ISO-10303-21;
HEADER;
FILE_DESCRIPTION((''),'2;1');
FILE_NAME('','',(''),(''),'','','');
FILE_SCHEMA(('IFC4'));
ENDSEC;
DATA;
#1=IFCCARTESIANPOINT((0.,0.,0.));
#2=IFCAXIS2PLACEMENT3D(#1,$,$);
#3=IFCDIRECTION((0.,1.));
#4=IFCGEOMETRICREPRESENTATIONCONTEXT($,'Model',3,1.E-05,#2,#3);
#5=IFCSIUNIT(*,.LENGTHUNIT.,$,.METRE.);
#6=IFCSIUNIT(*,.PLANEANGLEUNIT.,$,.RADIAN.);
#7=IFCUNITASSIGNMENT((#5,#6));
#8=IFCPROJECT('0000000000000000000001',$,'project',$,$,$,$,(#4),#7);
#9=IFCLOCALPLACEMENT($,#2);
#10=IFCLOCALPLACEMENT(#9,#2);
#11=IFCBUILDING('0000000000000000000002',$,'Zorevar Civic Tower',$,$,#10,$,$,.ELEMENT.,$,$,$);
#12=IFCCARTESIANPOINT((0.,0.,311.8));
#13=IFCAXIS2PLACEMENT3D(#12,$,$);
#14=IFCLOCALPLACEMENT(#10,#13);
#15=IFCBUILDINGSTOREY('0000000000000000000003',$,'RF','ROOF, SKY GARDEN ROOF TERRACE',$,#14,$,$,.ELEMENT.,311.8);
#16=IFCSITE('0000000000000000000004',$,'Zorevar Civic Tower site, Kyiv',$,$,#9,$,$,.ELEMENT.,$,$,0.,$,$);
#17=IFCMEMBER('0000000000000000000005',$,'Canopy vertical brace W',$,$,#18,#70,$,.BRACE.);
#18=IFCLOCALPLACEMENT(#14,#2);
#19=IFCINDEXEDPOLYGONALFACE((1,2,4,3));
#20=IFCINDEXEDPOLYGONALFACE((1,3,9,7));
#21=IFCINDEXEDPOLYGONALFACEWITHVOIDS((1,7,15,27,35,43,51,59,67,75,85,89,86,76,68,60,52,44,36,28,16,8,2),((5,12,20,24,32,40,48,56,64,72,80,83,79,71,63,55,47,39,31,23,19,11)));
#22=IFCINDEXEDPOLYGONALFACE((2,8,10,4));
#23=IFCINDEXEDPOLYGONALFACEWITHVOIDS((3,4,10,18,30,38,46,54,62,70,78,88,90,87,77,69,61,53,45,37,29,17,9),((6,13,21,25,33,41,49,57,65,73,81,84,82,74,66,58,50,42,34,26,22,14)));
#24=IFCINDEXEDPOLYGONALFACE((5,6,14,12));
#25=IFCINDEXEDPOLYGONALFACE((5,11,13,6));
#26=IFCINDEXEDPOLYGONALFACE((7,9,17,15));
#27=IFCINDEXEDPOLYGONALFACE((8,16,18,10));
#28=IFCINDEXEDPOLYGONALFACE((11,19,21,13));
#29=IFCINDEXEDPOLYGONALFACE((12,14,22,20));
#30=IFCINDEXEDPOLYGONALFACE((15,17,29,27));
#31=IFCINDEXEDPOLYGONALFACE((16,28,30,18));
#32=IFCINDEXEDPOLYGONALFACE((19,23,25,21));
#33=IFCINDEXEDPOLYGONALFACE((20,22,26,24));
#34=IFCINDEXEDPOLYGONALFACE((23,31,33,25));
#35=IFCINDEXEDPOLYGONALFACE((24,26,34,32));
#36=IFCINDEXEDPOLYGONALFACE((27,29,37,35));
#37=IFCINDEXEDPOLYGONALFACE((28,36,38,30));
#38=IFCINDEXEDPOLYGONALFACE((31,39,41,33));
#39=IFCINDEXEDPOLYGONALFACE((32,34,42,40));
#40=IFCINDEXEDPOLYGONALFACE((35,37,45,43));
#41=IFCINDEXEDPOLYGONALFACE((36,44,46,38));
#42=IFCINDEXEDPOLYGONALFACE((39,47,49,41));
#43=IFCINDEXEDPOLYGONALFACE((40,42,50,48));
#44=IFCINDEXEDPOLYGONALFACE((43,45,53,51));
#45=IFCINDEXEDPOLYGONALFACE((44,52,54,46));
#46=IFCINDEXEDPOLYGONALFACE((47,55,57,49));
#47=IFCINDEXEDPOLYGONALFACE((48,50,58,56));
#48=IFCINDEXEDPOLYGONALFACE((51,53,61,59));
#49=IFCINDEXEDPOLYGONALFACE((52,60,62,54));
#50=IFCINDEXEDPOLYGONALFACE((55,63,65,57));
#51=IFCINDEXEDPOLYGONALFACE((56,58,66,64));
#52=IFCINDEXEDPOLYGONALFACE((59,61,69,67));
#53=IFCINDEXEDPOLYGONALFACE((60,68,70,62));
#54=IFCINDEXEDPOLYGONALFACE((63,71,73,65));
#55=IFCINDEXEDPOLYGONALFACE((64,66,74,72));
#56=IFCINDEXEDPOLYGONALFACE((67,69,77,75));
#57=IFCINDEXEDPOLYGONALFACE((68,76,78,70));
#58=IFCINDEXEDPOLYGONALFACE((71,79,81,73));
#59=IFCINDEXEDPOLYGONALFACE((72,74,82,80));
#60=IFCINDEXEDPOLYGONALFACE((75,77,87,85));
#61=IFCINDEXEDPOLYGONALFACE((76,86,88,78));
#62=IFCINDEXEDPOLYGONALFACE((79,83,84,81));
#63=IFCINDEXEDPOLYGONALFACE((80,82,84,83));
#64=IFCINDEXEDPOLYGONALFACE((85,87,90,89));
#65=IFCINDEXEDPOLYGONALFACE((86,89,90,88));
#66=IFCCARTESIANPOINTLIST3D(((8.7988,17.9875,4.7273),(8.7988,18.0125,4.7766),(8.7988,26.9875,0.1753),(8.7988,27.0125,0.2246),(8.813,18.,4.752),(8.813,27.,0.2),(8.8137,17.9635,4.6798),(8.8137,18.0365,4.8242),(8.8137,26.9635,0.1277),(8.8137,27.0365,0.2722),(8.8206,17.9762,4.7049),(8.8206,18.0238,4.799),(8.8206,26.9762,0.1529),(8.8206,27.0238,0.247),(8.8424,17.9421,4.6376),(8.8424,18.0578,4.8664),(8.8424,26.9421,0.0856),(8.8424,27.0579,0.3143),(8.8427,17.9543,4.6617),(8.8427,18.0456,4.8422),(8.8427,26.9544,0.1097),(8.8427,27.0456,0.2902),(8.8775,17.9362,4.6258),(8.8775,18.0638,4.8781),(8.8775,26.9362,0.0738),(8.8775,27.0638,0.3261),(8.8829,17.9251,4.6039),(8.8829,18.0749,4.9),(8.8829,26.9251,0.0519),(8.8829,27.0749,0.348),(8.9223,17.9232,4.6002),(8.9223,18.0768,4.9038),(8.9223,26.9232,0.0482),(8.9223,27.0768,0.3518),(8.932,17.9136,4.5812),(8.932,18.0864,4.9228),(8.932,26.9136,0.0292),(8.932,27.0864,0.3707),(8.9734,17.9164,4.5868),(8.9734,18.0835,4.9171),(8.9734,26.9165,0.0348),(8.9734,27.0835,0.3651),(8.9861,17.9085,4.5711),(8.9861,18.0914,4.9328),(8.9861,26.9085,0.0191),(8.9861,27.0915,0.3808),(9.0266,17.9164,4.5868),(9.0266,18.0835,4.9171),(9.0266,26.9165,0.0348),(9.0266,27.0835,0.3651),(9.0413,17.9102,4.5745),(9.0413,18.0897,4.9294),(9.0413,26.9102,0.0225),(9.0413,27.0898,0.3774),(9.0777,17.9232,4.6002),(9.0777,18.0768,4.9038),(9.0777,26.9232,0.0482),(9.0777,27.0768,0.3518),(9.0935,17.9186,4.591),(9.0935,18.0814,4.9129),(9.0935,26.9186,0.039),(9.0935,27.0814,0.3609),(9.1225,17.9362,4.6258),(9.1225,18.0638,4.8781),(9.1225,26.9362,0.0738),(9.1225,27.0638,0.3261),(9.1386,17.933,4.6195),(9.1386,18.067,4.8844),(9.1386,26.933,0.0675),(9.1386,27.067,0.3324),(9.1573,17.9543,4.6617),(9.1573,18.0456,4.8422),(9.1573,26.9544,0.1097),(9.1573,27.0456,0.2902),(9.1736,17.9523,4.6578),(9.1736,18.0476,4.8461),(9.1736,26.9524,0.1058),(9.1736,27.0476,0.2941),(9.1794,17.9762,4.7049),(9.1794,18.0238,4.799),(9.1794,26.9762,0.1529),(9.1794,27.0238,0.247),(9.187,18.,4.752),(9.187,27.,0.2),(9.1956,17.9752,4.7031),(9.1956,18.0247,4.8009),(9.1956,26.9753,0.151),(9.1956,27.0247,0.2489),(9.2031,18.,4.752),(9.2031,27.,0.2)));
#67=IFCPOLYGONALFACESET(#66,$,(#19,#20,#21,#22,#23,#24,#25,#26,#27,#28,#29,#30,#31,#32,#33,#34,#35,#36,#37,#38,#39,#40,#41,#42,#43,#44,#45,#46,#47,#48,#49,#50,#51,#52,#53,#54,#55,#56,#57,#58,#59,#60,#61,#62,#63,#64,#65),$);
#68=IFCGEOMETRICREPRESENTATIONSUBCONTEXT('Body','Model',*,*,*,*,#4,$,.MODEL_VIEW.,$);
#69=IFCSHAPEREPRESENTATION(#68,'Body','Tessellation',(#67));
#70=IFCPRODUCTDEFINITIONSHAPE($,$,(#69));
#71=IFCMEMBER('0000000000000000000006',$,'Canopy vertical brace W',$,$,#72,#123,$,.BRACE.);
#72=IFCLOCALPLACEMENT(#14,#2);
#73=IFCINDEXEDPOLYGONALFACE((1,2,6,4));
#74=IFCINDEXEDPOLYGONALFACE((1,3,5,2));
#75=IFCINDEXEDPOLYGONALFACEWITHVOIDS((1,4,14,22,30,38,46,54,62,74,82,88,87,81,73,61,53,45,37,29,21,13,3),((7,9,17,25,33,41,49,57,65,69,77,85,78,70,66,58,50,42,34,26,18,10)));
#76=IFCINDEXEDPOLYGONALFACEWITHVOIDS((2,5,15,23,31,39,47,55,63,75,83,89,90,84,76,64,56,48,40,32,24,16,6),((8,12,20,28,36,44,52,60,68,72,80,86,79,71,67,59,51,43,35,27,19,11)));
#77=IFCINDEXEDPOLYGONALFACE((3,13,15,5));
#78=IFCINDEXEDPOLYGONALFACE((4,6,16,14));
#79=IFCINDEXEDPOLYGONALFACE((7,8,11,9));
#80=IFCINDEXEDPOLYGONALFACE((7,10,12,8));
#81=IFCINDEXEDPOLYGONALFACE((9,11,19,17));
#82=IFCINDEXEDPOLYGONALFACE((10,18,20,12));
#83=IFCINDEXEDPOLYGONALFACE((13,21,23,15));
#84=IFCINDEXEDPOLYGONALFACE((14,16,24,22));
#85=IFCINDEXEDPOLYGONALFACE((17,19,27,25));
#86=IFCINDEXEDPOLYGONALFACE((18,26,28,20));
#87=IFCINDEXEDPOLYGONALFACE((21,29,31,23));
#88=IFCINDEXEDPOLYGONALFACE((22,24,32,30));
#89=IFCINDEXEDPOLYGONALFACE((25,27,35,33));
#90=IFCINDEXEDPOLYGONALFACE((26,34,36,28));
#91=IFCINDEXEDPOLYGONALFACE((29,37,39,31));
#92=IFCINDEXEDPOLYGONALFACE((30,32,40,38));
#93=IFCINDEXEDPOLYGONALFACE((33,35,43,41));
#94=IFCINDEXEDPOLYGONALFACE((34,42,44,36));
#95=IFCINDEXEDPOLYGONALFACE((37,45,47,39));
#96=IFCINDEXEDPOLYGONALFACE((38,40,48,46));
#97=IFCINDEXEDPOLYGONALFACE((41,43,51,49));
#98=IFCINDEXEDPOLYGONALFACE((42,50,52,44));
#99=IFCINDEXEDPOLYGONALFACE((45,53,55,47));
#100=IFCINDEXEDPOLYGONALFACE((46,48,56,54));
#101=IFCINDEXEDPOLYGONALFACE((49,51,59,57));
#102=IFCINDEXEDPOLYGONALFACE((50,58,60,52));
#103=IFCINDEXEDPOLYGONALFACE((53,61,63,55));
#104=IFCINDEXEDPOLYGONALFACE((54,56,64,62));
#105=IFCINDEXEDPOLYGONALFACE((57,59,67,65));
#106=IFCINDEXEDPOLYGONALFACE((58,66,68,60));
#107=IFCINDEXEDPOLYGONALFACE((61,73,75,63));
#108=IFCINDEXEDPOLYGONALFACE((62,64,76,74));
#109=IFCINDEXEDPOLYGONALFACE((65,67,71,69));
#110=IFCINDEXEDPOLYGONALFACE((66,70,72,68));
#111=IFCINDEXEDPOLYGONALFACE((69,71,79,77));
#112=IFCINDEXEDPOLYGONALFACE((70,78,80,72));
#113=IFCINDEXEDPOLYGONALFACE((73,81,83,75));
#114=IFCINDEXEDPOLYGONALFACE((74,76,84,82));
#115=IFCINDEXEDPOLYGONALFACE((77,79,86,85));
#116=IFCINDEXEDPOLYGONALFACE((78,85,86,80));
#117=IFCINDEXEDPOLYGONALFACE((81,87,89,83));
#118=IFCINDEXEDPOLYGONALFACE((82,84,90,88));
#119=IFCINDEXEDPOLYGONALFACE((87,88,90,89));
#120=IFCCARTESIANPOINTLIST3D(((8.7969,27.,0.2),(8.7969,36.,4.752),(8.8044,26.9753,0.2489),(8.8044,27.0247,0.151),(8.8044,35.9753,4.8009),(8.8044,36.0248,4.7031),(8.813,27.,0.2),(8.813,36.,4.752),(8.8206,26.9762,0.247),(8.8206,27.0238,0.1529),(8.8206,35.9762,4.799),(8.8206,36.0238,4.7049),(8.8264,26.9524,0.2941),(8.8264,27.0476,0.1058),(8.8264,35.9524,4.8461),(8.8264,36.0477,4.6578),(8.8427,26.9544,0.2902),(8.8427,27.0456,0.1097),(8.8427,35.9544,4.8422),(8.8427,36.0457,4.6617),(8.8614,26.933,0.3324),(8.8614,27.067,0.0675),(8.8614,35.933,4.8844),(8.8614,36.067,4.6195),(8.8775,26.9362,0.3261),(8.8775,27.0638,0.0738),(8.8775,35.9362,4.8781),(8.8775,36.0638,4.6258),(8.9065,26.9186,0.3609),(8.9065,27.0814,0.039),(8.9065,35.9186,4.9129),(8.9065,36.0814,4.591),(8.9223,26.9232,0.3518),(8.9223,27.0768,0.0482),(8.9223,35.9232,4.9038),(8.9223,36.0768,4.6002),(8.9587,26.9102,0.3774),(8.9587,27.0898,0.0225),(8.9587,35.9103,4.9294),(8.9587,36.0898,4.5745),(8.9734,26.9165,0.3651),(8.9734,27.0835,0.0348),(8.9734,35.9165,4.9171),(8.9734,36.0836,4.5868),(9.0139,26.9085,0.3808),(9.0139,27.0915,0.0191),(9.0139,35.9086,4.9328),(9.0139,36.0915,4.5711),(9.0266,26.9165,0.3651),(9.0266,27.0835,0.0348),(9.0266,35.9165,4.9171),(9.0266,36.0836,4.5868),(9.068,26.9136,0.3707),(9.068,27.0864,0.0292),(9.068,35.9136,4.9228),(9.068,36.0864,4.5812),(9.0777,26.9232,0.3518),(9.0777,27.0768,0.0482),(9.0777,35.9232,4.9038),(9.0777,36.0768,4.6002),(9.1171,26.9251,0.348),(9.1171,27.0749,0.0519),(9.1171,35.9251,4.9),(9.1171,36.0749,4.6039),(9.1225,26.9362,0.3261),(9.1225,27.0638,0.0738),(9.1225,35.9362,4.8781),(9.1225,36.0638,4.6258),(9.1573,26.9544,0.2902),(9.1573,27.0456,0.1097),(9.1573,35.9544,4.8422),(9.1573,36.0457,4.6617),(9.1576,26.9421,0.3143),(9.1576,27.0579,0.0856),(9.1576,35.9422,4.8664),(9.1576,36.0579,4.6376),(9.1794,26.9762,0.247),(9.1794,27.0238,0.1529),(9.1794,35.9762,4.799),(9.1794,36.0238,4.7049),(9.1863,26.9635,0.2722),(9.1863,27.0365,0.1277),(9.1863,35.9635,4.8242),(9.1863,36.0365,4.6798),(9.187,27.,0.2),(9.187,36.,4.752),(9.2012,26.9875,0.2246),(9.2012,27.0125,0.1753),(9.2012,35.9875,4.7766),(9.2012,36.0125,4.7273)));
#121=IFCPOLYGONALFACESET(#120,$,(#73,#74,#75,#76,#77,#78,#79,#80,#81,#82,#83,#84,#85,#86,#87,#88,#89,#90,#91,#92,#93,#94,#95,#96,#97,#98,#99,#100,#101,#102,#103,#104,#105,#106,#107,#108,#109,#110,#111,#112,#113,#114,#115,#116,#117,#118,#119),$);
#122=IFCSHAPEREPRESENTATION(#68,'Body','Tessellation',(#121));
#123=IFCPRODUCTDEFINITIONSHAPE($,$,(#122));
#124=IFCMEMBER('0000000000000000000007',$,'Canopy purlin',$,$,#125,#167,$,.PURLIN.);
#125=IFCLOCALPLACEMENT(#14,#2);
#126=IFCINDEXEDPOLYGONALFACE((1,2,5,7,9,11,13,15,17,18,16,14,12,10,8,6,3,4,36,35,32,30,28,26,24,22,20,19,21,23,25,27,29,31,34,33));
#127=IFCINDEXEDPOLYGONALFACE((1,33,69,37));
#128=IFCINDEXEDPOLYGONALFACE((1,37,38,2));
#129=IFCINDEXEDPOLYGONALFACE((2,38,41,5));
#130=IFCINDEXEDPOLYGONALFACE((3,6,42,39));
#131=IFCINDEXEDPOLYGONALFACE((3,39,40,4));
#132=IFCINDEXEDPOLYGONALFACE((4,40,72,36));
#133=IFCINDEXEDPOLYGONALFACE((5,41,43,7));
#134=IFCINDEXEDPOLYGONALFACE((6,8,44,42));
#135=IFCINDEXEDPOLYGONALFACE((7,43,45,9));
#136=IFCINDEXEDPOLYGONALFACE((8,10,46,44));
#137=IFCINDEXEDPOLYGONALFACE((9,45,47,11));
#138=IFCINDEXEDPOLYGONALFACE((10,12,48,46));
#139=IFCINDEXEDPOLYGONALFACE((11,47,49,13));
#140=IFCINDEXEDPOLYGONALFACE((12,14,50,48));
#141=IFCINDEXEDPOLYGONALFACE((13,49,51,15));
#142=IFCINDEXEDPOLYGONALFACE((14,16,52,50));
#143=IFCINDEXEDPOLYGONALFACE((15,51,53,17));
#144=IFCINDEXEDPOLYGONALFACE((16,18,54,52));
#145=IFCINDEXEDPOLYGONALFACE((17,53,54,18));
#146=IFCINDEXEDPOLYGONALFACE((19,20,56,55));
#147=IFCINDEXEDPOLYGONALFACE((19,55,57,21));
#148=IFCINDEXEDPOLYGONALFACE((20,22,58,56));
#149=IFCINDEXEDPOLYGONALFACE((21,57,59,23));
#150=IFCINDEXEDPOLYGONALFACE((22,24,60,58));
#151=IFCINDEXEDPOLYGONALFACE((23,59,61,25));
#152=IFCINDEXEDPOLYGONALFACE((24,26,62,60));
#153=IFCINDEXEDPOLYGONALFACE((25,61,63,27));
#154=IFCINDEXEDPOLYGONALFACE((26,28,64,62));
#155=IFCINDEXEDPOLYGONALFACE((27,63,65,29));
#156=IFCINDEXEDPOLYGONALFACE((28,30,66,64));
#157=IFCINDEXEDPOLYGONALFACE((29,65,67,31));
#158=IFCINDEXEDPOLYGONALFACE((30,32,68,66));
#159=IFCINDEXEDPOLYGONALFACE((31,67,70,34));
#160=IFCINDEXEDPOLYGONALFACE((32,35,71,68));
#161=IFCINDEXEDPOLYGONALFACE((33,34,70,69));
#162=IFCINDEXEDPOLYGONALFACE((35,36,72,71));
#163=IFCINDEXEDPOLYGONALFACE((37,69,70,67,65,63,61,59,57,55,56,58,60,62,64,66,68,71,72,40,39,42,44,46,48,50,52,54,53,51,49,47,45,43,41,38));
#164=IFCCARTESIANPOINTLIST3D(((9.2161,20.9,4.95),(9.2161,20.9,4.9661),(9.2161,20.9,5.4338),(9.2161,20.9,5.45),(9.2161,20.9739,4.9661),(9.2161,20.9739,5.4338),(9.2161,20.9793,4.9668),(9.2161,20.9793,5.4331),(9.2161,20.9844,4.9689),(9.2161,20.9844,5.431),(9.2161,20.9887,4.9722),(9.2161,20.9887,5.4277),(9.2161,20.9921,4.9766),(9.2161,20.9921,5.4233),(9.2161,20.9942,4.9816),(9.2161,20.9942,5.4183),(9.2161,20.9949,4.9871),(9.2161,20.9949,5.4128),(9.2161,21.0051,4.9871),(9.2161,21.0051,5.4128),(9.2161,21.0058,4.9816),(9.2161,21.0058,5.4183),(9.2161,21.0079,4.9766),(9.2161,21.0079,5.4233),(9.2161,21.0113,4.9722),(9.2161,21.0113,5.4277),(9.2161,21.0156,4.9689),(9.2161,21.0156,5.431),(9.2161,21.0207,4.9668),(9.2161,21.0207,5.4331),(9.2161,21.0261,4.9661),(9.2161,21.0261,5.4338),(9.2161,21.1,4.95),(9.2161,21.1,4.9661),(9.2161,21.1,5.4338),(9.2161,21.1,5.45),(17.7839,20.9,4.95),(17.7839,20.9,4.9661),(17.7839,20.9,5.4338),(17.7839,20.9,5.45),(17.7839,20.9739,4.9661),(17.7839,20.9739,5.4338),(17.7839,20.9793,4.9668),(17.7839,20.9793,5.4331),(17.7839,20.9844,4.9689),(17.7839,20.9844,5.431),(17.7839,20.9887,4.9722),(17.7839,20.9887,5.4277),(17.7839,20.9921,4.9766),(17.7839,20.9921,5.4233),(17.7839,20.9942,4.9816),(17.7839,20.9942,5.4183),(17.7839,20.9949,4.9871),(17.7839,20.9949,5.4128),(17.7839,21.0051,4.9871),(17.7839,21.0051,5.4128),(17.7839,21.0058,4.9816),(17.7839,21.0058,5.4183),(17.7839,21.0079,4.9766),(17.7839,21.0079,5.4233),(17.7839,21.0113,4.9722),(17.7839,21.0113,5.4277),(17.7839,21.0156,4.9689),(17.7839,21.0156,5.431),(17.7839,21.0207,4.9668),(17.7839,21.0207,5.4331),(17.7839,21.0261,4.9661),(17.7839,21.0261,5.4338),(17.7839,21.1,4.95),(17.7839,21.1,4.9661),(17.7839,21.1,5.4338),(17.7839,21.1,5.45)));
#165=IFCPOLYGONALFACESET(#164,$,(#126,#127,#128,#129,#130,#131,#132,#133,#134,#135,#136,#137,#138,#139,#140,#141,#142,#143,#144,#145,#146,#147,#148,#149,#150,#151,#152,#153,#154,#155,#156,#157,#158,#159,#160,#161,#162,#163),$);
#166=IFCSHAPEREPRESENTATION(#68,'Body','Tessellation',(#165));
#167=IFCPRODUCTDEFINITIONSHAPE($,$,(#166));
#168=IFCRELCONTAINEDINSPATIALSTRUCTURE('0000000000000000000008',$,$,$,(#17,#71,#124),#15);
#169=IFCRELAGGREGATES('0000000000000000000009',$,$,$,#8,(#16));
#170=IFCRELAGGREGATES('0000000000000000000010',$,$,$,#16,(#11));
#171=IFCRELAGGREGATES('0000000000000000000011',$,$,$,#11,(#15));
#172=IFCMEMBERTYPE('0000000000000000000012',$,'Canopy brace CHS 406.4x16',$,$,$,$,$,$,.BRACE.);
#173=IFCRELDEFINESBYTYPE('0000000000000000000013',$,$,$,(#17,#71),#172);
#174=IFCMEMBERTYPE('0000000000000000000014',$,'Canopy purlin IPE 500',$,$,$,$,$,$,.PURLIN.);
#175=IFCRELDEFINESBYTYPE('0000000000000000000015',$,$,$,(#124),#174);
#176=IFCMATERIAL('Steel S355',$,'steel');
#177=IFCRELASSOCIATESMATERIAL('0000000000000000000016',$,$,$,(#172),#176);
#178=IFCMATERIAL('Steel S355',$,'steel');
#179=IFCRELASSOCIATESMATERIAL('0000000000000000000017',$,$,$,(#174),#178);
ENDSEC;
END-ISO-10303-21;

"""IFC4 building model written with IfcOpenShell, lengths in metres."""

from ifc_helpers import new_model, si_unit, direction, frame, origin, origin_2d, place, context, subcontext, project, spatial, hollow_circle, i_section, extrude, material, material_profile, profile_set, type_object, element, save


model = new_model("IFC4")

# Units and contexts
model_context = context("Model", 3, precision=1e-05, world=origin(), true_north=direction((0.0, 1.0)))
body_context = subcontext(model_context, "Body", "Model", "MODEL_VIEW")
ifc_project = project(units=[si_unit("LENGTHUNIT", "METRE"), si_unit("PLANEANGLEUNIT", "RADIAN")], contexts=[model_context])

# Site, building, storey
site_placement = place(None, origin())
site = spatial("IfcSite", under=ifc_project, at=site_placement, Name="Zorevar Civic Tower site, Kyiv", CompositionType="ELEMENT", RefElevation=0.0)
building_placement = place(site_placement, origin())
building = spatial("IfcBuilding", under=site, at=building_placement, Name="Zorevar Civic Tower", CompositionType="ELEMENT")
storey_placement = place(building_placement, frame((0.0, 0.0, 311.8)))
storey = spatial("IfcBuildingStorey", under=building, at=storey_placement, Name="RF", Description="ROOF, SKY GARDEN ROOF TERRACE", CompositionType="ELEMENT", Elevation=311.8)

# Members
ifc_material_1 = material(Name="Steel S355", Category="steel")
ifc_material_profile_1 = material_profile(ifc_material_1, hollow_circle(Radius=0.2031, WallThickness=0.0161, at=origin_2d()), Name="CHS 406.4x16")
ifc_profile_set_1 = profile_set([ifc_material_profile_1], Name="Steel S355")
member_type_1 = type_object("IfcMemberType", Name="Canopy brace CHS 406.4x16", PredefinedType="BRACE", material=ifc_profile_set_1)
for number, where, z_axis, x_axis, name in (
    (1, (9.0, 27.0, 0.2), (0.0, -0.892355, 0.451334), (1.0, 0.0, 0.0), "Canopy vertical brace W"),
    (2, (9.0, 27.0, 0.2), (0.0, 0.892355, 0.451334), (-1.0, 0.0, 0.0), "Canopy vertical brace W"),
):
    element("IfcMember", number, at=place(storey_placement, frame(where, z_axis=z_axis, x_axis=x_axis)), inside=storey, type_object=member_type_1, Name=name, PredefinedType="BRACE", context=body_context, shape_type="SweptSolid", body=[
        extrude(hollow_circle(Radius=0.2031, WallThickness=0.0161, at=origin_2d()), origin(), (0.0, 0.0, 1.0), 10.0857),
    ])
ifc_material_2 = material(Name="Steel S355", Category="steel")
ifc_material_profile_2 = material_profile(ifc_material_2, i_section(OverallWidth=0.2, OverallDepth=0.5, WebThickness=0.0103, FlangeThickness=0.0161, FilletRadius=0.021, at=origin_2d()), Name="IPE 500")
ifc_profile_set_2 = profile_set([ifc_material_profile_2], Name="Steel S355")
member_type_2 = type_object("IfcMemberType", Name="Canopy purlin IPE 500", PredefinedType="PURLIN", material=ifc_profile_set_2)
for number, where, z_axis, x_axis, name in (
    (3, (9.2161, 21.0, 5.2), (1.0, 0.0, 0.0), (0.0, 1.0, 0.0), "Canopy purlin"),
):
    element("IfcMember", number, at=place(storey_placement, frame(where, z_axis=z_axis, x_axis=x_axis)), inside=storey, type_object=member_type_2, Name=name, PredefinedType="PURLIN", context=body_context, shape_type="SweptSolid", body=[
        extrude(i_section(OverallWidth=0.2, OverallDepth=0.5, WebThickness=0.0103, FlangeThickness=0.0161, FilletRadius=0.021, at=origin_2d()), origin(), (0.0, 0.0, 1.0), 8.5679),
    ])

save(model, "model.ifc")
